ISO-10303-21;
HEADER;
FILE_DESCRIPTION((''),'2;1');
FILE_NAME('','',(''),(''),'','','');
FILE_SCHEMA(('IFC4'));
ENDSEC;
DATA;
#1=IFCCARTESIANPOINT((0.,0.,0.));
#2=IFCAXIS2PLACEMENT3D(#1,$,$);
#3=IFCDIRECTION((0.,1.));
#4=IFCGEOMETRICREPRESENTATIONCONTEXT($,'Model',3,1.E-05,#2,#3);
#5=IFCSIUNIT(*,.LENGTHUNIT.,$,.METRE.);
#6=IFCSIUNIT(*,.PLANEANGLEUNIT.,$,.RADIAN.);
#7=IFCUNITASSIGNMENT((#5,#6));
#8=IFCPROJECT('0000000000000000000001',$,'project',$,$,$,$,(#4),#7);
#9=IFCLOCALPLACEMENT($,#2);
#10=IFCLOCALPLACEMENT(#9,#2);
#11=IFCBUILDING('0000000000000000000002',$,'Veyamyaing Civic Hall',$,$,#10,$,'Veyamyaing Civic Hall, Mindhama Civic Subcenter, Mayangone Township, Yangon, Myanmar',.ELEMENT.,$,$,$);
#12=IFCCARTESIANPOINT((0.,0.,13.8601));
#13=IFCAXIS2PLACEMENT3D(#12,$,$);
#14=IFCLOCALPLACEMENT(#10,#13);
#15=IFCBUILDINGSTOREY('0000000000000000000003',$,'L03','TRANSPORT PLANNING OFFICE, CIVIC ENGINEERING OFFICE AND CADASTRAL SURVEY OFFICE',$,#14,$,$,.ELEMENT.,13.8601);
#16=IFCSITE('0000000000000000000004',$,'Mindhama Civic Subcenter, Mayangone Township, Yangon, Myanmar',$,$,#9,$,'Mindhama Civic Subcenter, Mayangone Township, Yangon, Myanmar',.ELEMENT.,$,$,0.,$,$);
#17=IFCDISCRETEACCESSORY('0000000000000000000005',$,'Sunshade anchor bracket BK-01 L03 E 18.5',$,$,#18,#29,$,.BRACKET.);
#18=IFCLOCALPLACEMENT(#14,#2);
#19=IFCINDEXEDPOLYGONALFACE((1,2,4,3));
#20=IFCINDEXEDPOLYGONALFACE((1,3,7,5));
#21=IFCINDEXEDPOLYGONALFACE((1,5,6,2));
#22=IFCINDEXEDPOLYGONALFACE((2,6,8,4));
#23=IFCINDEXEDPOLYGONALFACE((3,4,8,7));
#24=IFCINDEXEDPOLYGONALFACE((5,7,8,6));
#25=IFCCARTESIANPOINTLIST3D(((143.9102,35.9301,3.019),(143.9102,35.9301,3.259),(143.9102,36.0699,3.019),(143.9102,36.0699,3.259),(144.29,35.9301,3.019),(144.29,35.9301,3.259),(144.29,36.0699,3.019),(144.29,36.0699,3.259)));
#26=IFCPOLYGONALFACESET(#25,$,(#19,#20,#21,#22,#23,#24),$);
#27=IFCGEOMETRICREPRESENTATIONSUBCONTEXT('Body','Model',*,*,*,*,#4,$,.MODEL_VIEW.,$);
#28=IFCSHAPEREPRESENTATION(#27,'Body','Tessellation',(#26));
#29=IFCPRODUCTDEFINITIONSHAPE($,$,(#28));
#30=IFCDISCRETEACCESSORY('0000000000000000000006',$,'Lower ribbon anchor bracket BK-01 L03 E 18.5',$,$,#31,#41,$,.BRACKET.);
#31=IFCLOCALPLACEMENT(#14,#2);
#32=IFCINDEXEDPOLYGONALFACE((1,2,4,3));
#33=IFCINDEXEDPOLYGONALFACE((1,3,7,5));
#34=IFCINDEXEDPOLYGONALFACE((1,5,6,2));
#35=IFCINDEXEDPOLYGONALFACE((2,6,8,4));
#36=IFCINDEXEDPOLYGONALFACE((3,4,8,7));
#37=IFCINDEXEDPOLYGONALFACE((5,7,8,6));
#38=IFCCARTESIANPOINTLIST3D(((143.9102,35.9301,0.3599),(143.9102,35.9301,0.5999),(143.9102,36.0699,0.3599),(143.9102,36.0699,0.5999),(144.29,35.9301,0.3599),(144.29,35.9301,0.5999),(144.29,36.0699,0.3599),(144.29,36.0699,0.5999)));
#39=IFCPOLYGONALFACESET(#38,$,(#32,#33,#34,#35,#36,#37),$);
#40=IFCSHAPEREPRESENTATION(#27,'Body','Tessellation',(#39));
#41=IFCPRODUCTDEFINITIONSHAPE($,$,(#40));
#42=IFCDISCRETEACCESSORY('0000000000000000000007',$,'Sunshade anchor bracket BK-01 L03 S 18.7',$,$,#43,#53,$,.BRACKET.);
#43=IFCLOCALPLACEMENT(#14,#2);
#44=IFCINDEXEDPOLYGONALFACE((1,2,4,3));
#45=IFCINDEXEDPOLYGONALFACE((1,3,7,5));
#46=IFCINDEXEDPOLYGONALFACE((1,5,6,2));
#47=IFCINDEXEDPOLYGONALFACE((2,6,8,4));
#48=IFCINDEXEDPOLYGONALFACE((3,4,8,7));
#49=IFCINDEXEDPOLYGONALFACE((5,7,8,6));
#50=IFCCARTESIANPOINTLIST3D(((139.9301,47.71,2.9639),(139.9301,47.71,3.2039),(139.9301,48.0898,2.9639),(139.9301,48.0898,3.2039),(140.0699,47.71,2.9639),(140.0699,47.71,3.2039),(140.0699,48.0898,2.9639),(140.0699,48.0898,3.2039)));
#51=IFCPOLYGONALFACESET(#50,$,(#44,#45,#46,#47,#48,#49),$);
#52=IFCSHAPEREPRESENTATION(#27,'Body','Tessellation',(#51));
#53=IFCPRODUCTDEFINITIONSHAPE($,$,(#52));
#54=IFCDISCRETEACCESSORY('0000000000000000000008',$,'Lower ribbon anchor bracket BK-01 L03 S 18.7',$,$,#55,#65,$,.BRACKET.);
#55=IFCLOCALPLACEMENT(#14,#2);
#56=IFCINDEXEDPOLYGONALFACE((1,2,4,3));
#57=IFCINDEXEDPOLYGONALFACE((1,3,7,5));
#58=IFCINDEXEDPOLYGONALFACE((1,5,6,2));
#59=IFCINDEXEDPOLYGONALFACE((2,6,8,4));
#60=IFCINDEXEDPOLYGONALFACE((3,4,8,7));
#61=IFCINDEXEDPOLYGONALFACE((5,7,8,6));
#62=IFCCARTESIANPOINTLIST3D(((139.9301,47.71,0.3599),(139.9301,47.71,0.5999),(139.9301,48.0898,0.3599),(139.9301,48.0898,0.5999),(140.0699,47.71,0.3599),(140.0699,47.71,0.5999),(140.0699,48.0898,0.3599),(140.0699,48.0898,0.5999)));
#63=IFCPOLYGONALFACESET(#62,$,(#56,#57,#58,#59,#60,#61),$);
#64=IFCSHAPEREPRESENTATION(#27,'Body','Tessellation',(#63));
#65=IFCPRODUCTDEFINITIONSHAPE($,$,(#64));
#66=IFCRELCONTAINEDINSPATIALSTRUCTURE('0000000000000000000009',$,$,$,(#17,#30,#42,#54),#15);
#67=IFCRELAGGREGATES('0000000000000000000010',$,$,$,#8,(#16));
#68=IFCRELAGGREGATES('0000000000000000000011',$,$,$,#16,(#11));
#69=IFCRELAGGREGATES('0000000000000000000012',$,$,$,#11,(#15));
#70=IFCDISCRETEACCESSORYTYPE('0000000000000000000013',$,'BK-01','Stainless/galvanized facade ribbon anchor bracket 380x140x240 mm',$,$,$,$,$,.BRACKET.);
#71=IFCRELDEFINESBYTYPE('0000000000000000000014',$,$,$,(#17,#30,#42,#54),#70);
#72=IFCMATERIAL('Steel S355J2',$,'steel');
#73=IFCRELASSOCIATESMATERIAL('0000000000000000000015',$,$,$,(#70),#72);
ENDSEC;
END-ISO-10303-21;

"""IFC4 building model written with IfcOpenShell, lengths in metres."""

from ifc_helpers import new_model, si_unit, direction, frame, origin, origin_2d, place, context, subcontext, project, spatial, rectangle, extrude, material, type_object, element, save


model = new_model("IFC4")

# Units and contexts
model_context = context("Model", 3, precision=1e-05, world=origin(), true_north=direction((0.0, 1.0)))
body_context = subcontext(model_context, "Body", "Model", "MODEL_VIEW")
ifc_project = project(units=[si_unit("LENGTHUNIT", "METRE"), si_unit("PLANEANGLEUNIT", "RADIAN")], contexts=[model_context])

# Site, building, storey
site_placement = place(None, origin())
site = spatial("IfcSite", under=ifc_project, at=site_placement, Name="Mindhama Civic Subcenter, Mayangone Township, Yangon, Myanmar", LongName="Mindhama Civic Subcenter, Mayangone Township, Yangon, Myanmar", CompositionType="ELEMENT", RefElevation=0.0)
building_placement = place(site_placement, origin())
building = spatial("IfcBuilding", under=site, at=building_placement, Name="Veyamyaing Civic Hall", LongName="Veyamyaing Civic Hall, Mindhama Civic Subcenter, Mayangone Township, Yangon, Myanmar", CompositionType="ELEMENT")
storey_placement = place(building_placement, frame((0.0, 0.0, 13.8601)))
storey = spatial("IfcBuildingStorey", under=building, at=storey_placement, Name="L03", Description="TRANSPORT PLANNING OFFICE, CIVIC ENGINEERING OFFICE AND CADASTRAL SURVEY OFFICE", CompositionType="ELEMENT", Elevation=13.8601)

# Discrete accessories
ifc_material_1 = material(Name="Steel S355J2", Category="steel")
discrete_accessory_type = type_object("IfcDiscreteAccessoryType", Name="BK-01", Description="Stainless/galvanized facade ribbon anchor bracket 380x140x240 mm", PredefinedType="BRACKET", material=ifc_material_1)
for number, where, z_axis, x_axis, name in (
    (1, (144.1001, 36.0, 3.019), (0.0, 0.0, 1.0), (1.0, 0.0, 0.0), "Sunshade anchor bracket BK-01 L03 E 18.5"),
    (2, (144.1001, 36.0, 0.3599), (0.0, 0.0, 1.0), (1.0, 0.0, 0.0), "Lower ribbon anchor bracket BK-01 L03 E 18.5"),
    (3, (140.0, 47.8999, 2.9639), (0.0, 0.0, 1.0), (0.0, -1.0, 0.0), "Sunshade anchor bracket BK-01 L03 S 18.7"),
    (4, (140.0, 47.8999, 0.3599), (0.0, 0.0, 1.0), (0.0, -1.0, 0.0), "Lower ribbon anchor bracket BK-01 L03 S 18.7"),
):
    element("IfcDiscreteAccessory", number, at=place(storey_placement, frame(where, z_axis=z_axis, x_axis=x_axis)), inside=storey, type_object=discrete_accessory_type, Name=name, PredefinedType="BRACKET", context=body_context, shape_type="SweptSolid", body=[
        extrude(rectangle(XDim=0.3799, YDim=0.1399, at=origin_2d()), origin(), (0.0, 0.0, 1.0), 0.24),
    ])

save(model, "model.ifc")
